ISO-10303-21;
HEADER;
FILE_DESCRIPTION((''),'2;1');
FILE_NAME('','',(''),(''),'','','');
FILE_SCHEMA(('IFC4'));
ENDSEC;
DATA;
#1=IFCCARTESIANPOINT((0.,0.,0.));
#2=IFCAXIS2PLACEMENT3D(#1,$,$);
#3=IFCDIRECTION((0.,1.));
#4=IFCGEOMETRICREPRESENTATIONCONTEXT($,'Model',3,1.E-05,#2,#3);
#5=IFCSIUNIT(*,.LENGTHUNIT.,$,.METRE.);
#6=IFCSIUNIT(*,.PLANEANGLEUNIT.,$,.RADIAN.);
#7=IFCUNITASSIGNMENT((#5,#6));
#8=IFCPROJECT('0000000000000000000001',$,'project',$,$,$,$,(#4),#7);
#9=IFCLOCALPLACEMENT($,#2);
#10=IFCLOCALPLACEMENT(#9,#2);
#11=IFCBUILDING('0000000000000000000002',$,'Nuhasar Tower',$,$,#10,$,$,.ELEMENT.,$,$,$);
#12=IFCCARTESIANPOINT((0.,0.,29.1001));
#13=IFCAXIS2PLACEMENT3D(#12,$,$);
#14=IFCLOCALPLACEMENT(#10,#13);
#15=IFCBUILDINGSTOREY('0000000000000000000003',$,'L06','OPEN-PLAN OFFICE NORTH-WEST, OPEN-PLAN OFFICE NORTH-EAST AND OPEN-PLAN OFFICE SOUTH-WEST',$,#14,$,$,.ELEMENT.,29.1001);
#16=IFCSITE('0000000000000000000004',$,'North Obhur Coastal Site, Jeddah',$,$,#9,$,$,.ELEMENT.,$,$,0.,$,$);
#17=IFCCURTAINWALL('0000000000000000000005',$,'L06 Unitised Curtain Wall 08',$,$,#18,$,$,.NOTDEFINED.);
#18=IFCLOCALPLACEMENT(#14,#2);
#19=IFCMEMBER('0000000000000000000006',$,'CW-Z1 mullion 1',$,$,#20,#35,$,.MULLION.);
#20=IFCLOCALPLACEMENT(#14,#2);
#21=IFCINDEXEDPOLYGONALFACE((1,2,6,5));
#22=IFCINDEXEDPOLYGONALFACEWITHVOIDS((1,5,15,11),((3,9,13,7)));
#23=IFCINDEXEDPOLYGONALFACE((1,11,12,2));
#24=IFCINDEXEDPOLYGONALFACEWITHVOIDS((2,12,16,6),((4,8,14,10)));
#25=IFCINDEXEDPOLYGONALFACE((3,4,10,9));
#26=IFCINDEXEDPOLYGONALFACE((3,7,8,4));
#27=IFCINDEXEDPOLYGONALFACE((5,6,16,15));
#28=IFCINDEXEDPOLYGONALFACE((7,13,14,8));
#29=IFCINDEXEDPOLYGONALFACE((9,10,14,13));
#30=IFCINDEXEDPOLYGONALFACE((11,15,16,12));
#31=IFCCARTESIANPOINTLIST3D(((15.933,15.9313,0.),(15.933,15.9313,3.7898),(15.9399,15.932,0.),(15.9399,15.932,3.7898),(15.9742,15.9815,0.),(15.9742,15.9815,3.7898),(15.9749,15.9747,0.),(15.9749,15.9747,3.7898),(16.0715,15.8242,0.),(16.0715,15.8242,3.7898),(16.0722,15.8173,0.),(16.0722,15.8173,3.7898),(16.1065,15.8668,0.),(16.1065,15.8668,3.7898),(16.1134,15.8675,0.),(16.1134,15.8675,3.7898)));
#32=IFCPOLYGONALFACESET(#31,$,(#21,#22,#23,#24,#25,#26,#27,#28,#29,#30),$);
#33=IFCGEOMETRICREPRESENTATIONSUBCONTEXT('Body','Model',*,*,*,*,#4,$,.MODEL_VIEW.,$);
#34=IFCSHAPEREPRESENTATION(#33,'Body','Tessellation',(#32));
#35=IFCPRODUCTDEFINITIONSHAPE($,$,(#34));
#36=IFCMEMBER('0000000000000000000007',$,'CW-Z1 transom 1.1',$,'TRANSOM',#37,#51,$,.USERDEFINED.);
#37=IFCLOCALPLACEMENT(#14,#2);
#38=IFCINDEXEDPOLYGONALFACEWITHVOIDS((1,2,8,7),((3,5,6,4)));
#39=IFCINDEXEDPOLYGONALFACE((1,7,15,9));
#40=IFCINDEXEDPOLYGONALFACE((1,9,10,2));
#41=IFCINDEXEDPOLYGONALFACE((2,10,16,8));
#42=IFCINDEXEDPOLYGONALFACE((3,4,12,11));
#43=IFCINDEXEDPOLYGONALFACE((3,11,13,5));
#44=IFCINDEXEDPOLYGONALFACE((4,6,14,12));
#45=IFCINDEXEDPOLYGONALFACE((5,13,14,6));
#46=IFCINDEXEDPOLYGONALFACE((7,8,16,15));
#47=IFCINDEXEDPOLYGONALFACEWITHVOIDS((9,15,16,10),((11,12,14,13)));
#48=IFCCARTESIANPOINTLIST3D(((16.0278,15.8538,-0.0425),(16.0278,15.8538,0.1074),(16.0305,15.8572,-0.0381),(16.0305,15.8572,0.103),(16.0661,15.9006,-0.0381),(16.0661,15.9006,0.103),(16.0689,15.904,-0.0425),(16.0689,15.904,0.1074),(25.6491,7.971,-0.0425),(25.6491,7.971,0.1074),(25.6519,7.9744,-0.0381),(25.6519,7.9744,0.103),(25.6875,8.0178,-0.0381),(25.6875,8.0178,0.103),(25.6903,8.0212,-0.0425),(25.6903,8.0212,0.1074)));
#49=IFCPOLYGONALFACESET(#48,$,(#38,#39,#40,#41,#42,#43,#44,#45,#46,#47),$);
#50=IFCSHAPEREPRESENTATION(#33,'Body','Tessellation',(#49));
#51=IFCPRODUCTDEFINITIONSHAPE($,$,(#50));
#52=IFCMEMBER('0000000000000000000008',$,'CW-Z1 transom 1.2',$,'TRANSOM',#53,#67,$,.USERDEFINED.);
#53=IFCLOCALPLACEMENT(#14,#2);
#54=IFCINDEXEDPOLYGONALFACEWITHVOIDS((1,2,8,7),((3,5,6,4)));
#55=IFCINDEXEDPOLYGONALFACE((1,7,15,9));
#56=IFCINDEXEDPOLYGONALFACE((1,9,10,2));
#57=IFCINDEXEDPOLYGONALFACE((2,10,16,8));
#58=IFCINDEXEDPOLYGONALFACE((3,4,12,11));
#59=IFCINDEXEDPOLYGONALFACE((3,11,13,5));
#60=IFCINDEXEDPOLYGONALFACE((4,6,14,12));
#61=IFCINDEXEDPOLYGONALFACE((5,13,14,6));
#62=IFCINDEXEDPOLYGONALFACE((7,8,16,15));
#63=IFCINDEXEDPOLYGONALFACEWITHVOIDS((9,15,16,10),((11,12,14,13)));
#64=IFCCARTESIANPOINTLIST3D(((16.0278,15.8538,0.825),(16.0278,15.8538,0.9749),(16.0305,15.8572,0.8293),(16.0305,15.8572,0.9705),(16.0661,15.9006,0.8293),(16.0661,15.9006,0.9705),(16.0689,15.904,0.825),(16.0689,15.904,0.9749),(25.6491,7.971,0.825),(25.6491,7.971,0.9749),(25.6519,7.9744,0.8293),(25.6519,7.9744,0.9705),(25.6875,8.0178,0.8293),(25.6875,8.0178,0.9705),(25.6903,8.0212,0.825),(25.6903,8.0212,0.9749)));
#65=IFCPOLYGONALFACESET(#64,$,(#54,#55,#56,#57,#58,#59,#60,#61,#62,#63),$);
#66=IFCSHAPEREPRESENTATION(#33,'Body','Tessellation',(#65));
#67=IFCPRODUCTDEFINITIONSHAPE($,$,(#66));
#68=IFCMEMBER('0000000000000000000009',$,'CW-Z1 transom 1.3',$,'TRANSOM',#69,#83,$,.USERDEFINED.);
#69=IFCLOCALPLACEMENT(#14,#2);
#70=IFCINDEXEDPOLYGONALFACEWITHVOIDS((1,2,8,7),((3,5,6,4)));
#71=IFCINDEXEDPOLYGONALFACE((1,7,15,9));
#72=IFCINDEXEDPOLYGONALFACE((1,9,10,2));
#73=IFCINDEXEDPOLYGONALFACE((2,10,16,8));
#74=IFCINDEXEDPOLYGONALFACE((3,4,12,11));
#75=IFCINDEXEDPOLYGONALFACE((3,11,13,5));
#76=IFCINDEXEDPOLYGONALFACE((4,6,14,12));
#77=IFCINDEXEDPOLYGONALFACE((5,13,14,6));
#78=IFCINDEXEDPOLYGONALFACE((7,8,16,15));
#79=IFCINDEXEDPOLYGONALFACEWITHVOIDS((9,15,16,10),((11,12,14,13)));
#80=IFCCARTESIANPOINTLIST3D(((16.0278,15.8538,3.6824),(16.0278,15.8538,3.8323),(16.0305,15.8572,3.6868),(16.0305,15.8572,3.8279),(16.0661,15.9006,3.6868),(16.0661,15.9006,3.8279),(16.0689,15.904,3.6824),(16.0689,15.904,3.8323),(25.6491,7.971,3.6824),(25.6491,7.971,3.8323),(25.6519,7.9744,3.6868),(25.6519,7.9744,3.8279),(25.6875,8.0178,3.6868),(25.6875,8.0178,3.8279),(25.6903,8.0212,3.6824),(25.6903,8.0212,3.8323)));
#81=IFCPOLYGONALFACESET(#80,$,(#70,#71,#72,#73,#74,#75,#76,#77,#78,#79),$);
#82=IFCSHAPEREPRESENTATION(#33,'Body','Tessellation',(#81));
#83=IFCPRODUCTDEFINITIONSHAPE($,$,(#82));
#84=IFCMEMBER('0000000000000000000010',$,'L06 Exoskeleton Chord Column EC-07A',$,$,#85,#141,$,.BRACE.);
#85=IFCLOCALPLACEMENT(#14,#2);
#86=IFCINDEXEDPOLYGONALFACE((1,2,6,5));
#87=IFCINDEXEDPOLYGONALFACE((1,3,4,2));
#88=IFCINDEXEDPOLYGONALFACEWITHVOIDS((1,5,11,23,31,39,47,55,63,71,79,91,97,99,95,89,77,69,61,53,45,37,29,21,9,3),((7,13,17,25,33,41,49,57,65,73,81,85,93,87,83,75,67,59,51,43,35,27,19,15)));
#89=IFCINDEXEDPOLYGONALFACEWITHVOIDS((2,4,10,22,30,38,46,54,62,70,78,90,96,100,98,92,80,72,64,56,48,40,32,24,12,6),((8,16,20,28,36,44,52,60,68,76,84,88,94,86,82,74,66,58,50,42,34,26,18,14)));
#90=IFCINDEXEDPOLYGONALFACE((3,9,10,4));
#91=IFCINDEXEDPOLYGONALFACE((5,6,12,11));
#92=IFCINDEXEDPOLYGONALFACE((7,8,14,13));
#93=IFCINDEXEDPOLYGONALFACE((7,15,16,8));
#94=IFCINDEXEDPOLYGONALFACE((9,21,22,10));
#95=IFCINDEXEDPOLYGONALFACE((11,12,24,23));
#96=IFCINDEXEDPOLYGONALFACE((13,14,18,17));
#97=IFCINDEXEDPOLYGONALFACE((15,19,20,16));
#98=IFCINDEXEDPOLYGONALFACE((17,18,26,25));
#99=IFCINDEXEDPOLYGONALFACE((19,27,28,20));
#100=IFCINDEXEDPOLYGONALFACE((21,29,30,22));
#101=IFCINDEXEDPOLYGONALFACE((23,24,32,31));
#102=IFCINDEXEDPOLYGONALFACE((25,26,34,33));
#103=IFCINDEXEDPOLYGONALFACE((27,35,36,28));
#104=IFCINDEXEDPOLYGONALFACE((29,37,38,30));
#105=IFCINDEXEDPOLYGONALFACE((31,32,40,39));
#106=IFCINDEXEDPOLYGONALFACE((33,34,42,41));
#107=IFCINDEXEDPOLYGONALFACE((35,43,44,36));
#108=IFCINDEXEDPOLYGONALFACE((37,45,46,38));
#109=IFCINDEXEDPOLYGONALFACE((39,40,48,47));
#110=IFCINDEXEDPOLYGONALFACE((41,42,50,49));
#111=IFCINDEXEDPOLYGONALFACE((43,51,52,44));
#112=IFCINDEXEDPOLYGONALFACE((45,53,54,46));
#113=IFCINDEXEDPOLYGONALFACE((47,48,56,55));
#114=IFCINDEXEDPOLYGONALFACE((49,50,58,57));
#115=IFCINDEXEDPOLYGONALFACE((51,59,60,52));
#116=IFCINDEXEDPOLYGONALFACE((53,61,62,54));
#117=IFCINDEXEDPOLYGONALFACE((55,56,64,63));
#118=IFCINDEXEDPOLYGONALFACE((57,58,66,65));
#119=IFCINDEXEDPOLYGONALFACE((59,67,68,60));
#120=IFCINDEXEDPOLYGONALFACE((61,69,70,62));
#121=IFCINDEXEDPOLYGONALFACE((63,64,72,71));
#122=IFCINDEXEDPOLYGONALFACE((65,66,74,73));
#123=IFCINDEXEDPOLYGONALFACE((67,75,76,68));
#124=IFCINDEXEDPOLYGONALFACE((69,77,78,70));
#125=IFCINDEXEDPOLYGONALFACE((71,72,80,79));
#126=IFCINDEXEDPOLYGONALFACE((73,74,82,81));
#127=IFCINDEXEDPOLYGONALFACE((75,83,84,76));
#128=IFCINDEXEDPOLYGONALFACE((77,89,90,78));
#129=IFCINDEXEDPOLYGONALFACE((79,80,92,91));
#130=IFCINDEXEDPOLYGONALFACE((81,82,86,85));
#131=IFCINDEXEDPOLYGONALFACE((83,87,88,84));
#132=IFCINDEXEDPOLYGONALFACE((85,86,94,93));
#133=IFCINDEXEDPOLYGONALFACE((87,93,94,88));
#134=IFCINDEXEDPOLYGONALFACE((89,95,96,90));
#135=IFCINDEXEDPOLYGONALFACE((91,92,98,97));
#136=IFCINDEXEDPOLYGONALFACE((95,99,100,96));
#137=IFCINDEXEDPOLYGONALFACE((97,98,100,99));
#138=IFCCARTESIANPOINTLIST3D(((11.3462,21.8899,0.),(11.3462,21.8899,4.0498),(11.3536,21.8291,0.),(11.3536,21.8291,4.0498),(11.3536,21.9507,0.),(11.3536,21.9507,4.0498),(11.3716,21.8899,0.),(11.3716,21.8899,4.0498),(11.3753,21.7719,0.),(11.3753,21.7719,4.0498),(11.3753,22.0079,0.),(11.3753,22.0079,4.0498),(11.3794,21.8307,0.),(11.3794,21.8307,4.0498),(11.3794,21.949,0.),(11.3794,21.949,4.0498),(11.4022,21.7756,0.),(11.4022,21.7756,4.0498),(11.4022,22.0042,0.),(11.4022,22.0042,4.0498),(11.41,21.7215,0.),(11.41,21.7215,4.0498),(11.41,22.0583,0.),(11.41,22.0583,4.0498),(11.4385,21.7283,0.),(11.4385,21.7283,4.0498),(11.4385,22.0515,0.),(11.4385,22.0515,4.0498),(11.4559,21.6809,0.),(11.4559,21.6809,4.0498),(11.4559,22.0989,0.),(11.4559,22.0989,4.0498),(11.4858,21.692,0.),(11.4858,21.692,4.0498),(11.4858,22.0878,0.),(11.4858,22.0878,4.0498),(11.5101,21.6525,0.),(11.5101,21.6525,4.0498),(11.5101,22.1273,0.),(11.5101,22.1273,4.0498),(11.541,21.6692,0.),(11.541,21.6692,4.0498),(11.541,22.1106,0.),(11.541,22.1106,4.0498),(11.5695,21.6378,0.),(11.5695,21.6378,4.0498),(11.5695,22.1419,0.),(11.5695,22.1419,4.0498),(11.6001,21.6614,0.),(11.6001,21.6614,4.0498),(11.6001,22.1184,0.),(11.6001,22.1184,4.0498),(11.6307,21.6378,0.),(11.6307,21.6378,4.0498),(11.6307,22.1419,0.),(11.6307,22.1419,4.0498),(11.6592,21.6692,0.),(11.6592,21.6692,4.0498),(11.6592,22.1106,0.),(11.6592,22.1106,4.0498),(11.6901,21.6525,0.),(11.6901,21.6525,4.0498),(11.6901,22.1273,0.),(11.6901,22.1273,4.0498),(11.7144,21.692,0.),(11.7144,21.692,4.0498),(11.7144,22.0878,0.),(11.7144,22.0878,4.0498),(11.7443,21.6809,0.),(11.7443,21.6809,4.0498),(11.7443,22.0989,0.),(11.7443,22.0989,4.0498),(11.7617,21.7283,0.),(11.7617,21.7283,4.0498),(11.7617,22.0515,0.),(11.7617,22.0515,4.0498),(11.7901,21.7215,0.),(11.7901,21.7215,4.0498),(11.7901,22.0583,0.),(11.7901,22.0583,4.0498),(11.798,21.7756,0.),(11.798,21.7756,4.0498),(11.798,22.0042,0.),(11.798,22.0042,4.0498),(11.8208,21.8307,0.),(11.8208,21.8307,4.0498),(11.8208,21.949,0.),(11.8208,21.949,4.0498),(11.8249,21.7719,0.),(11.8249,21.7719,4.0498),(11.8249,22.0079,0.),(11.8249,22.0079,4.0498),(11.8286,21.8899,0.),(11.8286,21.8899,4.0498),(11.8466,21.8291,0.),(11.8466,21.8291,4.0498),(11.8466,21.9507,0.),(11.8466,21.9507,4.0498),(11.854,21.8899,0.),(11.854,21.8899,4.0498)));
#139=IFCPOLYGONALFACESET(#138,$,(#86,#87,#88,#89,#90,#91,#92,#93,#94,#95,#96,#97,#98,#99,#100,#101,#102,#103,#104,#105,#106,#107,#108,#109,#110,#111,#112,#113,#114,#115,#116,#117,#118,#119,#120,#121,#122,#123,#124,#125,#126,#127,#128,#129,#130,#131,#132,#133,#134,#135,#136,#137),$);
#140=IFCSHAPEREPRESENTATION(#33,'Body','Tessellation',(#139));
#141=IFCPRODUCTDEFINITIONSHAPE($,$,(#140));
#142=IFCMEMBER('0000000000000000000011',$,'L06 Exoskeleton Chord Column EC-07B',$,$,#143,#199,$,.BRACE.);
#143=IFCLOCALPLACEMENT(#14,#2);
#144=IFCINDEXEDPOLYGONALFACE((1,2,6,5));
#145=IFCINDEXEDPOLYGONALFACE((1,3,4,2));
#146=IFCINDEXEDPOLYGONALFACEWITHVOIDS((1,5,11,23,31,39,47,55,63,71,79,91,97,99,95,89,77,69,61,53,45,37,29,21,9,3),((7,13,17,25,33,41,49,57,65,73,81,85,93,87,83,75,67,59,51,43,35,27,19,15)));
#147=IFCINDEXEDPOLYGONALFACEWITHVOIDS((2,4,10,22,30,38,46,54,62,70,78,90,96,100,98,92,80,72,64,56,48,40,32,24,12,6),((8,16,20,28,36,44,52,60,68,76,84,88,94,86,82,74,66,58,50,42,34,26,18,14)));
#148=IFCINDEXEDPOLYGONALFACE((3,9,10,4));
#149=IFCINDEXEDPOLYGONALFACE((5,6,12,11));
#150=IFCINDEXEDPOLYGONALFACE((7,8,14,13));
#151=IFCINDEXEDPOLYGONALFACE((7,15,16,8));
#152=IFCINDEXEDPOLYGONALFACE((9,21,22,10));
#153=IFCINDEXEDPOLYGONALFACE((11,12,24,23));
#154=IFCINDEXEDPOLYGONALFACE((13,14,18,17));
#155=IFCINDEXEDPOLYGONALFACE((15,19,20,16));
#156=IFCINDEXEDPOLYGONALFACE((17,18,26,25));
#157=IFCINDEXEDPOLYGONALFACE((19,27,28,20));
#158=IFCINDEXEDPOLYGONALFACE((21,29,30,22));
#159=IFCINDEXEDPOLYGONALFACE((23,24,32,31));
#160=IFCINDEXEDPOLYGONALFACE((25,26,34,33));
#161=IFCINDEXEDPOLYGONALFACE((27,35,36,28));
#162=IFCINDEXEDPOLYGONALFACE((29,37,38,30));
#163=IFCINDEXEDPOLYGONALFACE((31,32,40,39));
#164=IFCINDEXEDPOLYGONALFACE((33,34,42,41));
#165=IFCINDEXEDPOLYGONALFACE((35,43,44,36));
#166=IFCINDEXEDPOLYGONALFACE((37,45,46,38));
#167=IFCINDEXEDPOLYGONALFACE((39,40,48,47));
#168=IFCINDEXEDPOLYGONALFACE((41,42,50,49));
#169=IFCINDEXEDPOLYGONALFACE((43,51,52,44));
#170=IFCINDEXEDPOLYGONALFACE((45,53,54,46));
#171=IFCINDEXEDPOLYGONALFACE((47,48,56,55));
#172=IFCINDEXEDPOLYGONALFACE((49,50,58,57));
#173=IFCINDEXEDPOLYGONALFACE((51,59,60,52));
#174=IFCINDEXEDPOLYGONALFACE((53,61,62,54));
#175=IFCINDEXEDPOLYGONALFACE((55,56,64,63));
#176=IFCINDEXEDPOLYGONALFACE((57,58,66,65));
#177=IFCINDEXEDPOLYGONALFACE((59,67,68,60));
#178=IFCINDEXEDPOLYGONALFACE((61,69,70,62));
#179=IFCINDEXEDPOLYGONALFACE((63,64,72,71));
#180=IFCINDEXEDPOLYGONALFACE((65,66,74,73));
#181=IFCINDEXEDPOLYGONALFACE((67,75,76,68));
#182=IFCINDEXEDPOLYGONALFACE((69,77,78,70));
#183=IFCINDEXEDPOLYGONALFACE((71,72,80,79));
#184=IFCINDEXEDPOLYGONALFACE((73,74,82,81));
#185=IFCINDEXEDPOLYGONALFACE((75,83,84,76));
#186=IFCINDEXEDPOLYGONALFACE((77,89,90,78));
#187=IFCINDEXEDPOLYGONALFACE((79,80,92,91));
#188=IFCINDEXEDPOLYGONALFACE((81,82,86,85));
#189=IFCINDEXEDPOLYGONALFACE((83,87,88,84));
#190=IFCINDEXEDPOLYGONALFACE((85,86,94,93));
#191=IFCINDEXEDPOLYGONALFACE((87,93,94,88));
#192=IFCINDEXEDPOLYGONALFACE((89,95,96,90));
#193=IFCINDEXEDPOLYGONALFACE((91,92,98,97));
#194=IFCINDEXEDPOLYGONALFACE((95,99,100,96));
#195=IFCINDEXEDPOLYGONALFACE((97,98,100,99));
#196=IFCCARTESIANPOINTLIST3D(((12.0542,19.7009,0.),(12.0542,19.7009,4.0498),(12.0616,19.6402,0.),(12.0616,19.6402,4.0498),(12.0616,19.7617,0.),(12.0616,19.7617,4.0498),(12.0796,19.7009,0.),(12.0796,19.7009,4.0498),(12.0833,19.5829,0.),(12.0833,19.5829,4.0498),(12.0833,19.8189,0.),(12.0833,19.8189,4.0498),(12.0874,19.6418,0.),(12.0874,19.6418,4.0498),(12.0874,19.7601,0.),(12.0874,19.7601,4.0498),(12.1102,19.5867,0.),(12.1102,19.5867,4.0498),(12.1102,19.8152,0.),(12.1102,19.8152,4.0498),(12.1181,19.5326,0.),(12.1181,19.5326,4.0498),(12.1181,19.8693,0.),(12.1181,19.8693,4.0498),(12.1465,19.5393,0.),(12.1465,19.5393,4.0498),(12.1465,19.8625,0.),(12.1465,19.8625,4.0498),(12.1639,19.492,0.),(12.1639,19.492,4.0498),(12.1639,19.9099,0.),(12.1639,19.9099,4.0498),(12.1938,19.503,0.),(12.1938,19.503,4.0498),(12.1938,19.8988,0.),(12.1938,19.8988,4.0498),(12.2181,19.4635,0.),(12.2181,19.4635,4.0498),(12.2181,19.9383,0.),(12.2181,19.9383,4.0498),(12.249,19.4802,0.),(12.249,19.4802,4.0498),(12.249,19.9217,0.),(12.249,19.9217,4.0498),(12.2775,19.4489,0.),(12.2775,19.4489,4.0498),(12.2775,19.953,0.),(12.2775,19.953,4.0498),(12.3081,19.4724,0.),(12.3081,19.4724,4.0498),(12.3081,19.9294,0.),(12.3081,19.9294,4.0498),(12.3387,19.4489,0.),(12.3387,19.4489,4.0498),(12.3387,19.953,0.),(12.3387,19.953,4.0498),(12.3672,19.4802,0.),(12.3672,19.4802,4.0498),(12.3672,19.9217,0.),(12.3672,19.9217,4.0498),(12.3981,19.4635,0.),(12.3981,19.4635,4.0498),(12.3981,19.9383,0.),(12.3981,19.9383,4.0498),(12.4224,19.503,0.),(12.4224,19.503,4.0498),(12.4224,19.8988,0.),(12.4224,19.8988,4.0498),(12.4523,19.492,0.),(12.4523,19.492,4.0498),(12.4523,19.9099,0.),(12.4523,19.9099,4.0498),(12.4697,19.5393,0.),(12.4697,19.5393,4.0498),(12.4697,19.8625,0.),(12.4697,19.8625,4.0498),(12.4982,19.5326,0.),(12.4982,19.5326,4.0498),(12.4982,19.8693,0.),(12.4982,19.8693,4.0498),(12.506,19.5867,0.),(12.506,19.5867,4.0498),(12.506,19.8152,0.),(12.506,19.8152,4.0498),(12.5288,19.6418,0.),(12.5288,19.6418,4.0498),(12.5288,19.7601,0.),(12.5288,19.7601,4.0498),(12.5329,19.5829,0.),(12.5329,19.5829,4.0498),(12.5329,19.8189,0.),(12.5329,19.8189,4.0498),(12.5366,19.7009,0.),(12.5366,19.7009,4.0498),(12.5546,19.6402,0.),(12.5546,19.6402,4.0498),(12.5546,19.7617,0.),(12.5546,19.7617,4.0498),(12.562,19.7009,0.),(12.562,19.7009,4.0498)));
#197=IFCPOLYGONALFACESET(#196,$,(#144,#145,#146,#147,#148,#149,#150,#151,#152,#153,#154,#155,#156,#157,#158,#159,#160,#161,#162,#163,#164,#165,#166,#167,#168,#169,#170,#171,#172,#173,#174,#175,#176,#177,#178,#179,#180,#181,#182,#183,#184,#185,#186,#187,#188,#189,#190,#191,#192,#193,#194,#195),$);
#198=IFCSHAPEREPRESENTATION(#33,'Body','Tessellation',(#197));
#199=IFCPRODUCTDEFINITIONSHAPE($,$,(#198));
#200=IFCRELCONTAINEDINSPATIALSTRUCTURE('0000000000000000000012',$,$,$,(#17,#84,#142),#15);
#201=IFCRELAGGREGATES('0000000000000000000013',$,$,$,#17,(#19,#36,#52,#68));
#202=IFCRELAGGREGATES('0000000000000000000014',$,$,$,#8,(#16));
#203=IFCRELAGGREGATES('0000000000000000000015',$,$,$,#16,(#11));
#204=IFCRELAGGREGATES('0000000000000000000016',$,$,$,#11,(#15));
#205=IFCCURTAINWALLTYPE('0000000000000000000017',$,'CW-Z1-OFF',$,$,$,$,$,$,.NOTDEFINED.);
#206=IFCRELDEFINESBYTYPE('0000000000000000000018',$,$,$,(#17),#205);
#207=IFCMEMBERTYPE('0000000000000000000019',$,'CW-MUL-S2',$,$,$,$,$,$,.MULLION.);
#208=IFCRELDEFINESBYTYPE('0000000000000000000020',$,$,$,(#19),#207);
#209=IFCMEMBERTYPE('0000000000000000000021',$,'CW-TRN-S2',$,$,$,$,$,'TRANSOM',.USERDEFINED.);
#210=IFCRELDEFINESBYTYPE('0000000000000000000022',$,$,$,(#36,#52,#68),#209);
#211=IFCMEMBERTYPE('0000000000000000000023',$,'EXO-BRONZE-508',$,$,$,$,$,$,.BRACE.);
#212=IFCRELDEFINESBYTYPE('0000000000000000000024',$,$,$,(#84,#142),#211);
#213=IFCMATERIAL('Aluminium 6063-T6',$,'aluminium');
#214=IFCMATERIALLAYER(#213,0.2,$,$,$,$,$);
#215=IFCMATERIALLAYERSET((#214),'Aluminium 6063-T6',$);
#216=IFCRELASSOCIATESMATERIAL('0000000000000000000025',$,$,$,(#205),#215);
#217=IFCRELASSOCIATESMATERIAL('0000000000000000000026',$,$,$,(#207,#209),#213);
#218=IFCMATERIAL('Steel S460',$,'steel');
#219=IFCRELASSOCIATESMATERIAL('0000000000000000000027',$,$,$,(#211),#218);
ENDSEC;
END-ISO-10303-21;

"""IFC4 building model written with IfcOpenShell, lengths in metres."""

from ifc_helpers import new_model, si_unit, direction, frame, origin, origin_2d, place, context, subcontext, project, spatial, hollow_rectangle, hollow_circle, extrude, material, layer, layer_set, material_profile, profile_set, type_object, element, aggregate, save


model = new_model("IFC4")

# Units and contexts
model_context = context("Model", 3, precision=1e-05, world=origin(), true_north=direction((0.0, 1.0)))
body_context = subcontext(model_context, "Body", "Model", "MODEL_VIEW")
ifc_project = project(units=[si_unit("LENGTHUNIT", "METRE"), si_unit("PLANEANGLEUNIT", "RADIAN")], contexts=[model_context])

# Site, building, storey
site_placement = place(None, origin())
site = spatial("IfcSite", under=ifc_project, at=site_placement, Name="North Obhur Coastal Site, Jeddah", CompositionType="ELEMENT", RefElevation=0.0)
building_placement = place(site_placement, origin())
building = spatial("IfcBuilding", under=site, at=building_placement, Name="Nuhasar Tower", CompositionType="ELEMENT")
storey_placement = place(building_placement, frame((0.0, 0.0, 29.1001)))
storey = spatial("IfcBuildingStorey", under=building, at=storey_placement, Name="L06", Description="OPEN-PLAN OFFICE NORTH-WEST, OPEN-PLAN OFFICE NORTH-EAST AND OPEN-PLAN OFFICE SOUTH-WEST", CompositionType="ELEMENT", Elevation=29.1001)

# Shared definitions
ifc_material_1 = material(Name="Aluminium 6063-T6", Category="aluminium")
ifc_layer_1 = layer(ifc_material_1, 0.2)
ifc_layer_set_1 = layer_set([ifc_layer_1], Name="Aluminium 6063-T6")
curtain_wall_type = type_object("IfcCurtainWallType", Name="CW-Z1-OFF", PredefinedType="NOTDEFINED", material=ifc_layer_set_1)
ifc_material_profile_1 = material_profile(ifc_material_1, hollow_rectangle(XDim=0.0649, YDim=0.1799, WallThickness=0.0049, at=origin_2d()), Name="CWM-2")
ifc_profile_set_1 = profile_set([ifc_material_profile_1], Name="Aluminium 6063-T6")
member_type_1 = type_object("IfcMemberType", Name="CW-MUL-S2", PredefinedType="MULLION", material=ifc_profile_set_1)

# Curtain wall, members
curtain_wall_1_placement = place(storey_placement, origin())
curtain_wall_1 = element("IfcCurtainWall", 1, at=curtain_wall_1_placement, inside=storey, type_object=curtain_wall_type, Name="L06 Unitised Curtain Wall 08", PredefinedType="NOTDEFINED")
member_1_placement = place(storey_placement, frame((16.0232, 15.8994, 0.0), z_axis=(0.0, 0.0, 1.0), x_axis=(0.633745, 0.773542, 0.0)))
member_1 = element("IfcMember", 2, at=member_1_placement, type_object=member_type_1, Name="CW-Z1 mullion 1", PredefinedType="MULLION", context=body_context, shape_type="SweptSolid", body=[
    extrude(hollow_rectangle(XDim=0.0649, YDim=0.1799, WallThickness=0.0049, at=origin_2d()), origin(), (0.0, 0.0, 1.0), 3.7898),
])
ifc_material_profile_2 = material_profile(ifc_material_1, hollow_rectangle(XDim=0.0649, YDim=0.1499, WallThickness=0.0044, at=origin_2d()), Name="CWT-2")
ifc_profile_set_2 = profile_set([ifc_material_profile_2], Name="Aluminium 6063-T6")
member_type_2 = type_object("IfcMemberType", Name="CW-TRN-S2", ElementType="TRANSOM", PredefinedType="USERDEFINED", material=ifc_profile_set_2)
member_2_placement = place(storey_placement, frame((16.0483, 15.8789, 0.0325), z_axis=(0.773531, -0.633758, 0.0), x_axis=(0.633758, 0.773531, 0.0)))
member_2 = element("IfcMember", 3, at=member_2_placement, type_object=member_type_2, Name="CW-Z1 transom 1.1", ObjectType="TRANSOM", PredefinedType="USERDEFINED", context=body_context, shape_type="SweptSolid", body=[
    extrude(hollow_rectangle(XDim=0.0649, YDim=0.1499, WallThickness=0.0044, at=origin_2d()), origin(), (0.0, 0.0, 1.0), 12.4382),
])
member_3_placement = place(storey_placement, frame((16.0483, 15.8789, 0.8999), z_axis=(0.773531, -0.633758, 0.0), x_axis=(0.633758, 0.773531, 0.0)))
member_3 = element("IfcMember", 4, at=member_3_placement, type_object=member_type_2, Name="CW-Z1 transom 1.2", ObjectType="TRANSOM", PredefinedType="USERDEFINED", context=body_context, shape_type="SweptSolid", body=[
    extrude(hollow_rectangle(XDim=0.0649, YDim=0.1499, WallThickness=0.0044, at=origin_2d()), origin(), (0.0, 0.0, 1.0), 12.4382),
])
member_4_placement = place(storey_placement, frame((16.0483, 15.8789, 3.7573), z_axis=(0.773531, -0.633758, 0.0), x_axis=(0.633758, 0.773531, 0.0)))
member_4 = element("IfcMember", 5, at=member_4_placement, type_object=member_type_2, Name="CW-Z1 transom 1.3", ObjectType="TRANSOM", PredefinedType="USERDEFINED", context=body_context, shape_type="SweptSolid", body=[
    extrude(hollow_rectangle(XDim=0.0649, YDim=0.1499, WallThickness=0.0044, at=origin_2d()), origin(), (0.0, 0.0, 1.0), 12.4382),
])
aggregate(curtain_wall_1, [member_1, member_2, member_3, member_4])

# Members
ifc_material_2 = material(Name="Steel S460", Category="steel")
ifc_material_profile_3 = material_profile(ifc_material_2, hollow_circle(Radius=0.2539, WallThickness=0.0254, at=origin_2d()), Name="HSS508X25.4")
ifc_profile_set_3 = profile_set([ifc_material_profile_3], Name="Steel S460")
member_type_3 = type_object("IfcMemberType", Name="EXO-BRONZE-508", PredefinedType="BRACE", material=ifc_profile_set_3)
for number, where, z_axis, x_axis, name in (
    (6, (11.6001, 21.8899, 0.0), (0.0, 0.0, 1.0), (1.0, 0.0, 0.0), "L06 Exoskeleton Chord Column EC-07A"),
    (7, (12.3081, 19.7009, 0.0), (0.0, 0.0, 1.0), (1.0, 0.0, 0.0), "L06 Exoskeleton Chord Column EC-07B"),
):
    element("IfcMember", number, at=place(storey_placement, frame(where, z_axis=z_axis, x_axis=x_axis)), inside=storey, type_object=member_type_3, Name=name, PredefinedType="BRACE", context=body_context, shape_type="SweptSolid", body=[
        extrude(hollow_circle(Radius=0.2539, WallThickness=0.0254, at=origin_2d()), origin(), (0.0, 0.0, 1.0), 4.0498),
    ])

save(model, "model.ifc")
